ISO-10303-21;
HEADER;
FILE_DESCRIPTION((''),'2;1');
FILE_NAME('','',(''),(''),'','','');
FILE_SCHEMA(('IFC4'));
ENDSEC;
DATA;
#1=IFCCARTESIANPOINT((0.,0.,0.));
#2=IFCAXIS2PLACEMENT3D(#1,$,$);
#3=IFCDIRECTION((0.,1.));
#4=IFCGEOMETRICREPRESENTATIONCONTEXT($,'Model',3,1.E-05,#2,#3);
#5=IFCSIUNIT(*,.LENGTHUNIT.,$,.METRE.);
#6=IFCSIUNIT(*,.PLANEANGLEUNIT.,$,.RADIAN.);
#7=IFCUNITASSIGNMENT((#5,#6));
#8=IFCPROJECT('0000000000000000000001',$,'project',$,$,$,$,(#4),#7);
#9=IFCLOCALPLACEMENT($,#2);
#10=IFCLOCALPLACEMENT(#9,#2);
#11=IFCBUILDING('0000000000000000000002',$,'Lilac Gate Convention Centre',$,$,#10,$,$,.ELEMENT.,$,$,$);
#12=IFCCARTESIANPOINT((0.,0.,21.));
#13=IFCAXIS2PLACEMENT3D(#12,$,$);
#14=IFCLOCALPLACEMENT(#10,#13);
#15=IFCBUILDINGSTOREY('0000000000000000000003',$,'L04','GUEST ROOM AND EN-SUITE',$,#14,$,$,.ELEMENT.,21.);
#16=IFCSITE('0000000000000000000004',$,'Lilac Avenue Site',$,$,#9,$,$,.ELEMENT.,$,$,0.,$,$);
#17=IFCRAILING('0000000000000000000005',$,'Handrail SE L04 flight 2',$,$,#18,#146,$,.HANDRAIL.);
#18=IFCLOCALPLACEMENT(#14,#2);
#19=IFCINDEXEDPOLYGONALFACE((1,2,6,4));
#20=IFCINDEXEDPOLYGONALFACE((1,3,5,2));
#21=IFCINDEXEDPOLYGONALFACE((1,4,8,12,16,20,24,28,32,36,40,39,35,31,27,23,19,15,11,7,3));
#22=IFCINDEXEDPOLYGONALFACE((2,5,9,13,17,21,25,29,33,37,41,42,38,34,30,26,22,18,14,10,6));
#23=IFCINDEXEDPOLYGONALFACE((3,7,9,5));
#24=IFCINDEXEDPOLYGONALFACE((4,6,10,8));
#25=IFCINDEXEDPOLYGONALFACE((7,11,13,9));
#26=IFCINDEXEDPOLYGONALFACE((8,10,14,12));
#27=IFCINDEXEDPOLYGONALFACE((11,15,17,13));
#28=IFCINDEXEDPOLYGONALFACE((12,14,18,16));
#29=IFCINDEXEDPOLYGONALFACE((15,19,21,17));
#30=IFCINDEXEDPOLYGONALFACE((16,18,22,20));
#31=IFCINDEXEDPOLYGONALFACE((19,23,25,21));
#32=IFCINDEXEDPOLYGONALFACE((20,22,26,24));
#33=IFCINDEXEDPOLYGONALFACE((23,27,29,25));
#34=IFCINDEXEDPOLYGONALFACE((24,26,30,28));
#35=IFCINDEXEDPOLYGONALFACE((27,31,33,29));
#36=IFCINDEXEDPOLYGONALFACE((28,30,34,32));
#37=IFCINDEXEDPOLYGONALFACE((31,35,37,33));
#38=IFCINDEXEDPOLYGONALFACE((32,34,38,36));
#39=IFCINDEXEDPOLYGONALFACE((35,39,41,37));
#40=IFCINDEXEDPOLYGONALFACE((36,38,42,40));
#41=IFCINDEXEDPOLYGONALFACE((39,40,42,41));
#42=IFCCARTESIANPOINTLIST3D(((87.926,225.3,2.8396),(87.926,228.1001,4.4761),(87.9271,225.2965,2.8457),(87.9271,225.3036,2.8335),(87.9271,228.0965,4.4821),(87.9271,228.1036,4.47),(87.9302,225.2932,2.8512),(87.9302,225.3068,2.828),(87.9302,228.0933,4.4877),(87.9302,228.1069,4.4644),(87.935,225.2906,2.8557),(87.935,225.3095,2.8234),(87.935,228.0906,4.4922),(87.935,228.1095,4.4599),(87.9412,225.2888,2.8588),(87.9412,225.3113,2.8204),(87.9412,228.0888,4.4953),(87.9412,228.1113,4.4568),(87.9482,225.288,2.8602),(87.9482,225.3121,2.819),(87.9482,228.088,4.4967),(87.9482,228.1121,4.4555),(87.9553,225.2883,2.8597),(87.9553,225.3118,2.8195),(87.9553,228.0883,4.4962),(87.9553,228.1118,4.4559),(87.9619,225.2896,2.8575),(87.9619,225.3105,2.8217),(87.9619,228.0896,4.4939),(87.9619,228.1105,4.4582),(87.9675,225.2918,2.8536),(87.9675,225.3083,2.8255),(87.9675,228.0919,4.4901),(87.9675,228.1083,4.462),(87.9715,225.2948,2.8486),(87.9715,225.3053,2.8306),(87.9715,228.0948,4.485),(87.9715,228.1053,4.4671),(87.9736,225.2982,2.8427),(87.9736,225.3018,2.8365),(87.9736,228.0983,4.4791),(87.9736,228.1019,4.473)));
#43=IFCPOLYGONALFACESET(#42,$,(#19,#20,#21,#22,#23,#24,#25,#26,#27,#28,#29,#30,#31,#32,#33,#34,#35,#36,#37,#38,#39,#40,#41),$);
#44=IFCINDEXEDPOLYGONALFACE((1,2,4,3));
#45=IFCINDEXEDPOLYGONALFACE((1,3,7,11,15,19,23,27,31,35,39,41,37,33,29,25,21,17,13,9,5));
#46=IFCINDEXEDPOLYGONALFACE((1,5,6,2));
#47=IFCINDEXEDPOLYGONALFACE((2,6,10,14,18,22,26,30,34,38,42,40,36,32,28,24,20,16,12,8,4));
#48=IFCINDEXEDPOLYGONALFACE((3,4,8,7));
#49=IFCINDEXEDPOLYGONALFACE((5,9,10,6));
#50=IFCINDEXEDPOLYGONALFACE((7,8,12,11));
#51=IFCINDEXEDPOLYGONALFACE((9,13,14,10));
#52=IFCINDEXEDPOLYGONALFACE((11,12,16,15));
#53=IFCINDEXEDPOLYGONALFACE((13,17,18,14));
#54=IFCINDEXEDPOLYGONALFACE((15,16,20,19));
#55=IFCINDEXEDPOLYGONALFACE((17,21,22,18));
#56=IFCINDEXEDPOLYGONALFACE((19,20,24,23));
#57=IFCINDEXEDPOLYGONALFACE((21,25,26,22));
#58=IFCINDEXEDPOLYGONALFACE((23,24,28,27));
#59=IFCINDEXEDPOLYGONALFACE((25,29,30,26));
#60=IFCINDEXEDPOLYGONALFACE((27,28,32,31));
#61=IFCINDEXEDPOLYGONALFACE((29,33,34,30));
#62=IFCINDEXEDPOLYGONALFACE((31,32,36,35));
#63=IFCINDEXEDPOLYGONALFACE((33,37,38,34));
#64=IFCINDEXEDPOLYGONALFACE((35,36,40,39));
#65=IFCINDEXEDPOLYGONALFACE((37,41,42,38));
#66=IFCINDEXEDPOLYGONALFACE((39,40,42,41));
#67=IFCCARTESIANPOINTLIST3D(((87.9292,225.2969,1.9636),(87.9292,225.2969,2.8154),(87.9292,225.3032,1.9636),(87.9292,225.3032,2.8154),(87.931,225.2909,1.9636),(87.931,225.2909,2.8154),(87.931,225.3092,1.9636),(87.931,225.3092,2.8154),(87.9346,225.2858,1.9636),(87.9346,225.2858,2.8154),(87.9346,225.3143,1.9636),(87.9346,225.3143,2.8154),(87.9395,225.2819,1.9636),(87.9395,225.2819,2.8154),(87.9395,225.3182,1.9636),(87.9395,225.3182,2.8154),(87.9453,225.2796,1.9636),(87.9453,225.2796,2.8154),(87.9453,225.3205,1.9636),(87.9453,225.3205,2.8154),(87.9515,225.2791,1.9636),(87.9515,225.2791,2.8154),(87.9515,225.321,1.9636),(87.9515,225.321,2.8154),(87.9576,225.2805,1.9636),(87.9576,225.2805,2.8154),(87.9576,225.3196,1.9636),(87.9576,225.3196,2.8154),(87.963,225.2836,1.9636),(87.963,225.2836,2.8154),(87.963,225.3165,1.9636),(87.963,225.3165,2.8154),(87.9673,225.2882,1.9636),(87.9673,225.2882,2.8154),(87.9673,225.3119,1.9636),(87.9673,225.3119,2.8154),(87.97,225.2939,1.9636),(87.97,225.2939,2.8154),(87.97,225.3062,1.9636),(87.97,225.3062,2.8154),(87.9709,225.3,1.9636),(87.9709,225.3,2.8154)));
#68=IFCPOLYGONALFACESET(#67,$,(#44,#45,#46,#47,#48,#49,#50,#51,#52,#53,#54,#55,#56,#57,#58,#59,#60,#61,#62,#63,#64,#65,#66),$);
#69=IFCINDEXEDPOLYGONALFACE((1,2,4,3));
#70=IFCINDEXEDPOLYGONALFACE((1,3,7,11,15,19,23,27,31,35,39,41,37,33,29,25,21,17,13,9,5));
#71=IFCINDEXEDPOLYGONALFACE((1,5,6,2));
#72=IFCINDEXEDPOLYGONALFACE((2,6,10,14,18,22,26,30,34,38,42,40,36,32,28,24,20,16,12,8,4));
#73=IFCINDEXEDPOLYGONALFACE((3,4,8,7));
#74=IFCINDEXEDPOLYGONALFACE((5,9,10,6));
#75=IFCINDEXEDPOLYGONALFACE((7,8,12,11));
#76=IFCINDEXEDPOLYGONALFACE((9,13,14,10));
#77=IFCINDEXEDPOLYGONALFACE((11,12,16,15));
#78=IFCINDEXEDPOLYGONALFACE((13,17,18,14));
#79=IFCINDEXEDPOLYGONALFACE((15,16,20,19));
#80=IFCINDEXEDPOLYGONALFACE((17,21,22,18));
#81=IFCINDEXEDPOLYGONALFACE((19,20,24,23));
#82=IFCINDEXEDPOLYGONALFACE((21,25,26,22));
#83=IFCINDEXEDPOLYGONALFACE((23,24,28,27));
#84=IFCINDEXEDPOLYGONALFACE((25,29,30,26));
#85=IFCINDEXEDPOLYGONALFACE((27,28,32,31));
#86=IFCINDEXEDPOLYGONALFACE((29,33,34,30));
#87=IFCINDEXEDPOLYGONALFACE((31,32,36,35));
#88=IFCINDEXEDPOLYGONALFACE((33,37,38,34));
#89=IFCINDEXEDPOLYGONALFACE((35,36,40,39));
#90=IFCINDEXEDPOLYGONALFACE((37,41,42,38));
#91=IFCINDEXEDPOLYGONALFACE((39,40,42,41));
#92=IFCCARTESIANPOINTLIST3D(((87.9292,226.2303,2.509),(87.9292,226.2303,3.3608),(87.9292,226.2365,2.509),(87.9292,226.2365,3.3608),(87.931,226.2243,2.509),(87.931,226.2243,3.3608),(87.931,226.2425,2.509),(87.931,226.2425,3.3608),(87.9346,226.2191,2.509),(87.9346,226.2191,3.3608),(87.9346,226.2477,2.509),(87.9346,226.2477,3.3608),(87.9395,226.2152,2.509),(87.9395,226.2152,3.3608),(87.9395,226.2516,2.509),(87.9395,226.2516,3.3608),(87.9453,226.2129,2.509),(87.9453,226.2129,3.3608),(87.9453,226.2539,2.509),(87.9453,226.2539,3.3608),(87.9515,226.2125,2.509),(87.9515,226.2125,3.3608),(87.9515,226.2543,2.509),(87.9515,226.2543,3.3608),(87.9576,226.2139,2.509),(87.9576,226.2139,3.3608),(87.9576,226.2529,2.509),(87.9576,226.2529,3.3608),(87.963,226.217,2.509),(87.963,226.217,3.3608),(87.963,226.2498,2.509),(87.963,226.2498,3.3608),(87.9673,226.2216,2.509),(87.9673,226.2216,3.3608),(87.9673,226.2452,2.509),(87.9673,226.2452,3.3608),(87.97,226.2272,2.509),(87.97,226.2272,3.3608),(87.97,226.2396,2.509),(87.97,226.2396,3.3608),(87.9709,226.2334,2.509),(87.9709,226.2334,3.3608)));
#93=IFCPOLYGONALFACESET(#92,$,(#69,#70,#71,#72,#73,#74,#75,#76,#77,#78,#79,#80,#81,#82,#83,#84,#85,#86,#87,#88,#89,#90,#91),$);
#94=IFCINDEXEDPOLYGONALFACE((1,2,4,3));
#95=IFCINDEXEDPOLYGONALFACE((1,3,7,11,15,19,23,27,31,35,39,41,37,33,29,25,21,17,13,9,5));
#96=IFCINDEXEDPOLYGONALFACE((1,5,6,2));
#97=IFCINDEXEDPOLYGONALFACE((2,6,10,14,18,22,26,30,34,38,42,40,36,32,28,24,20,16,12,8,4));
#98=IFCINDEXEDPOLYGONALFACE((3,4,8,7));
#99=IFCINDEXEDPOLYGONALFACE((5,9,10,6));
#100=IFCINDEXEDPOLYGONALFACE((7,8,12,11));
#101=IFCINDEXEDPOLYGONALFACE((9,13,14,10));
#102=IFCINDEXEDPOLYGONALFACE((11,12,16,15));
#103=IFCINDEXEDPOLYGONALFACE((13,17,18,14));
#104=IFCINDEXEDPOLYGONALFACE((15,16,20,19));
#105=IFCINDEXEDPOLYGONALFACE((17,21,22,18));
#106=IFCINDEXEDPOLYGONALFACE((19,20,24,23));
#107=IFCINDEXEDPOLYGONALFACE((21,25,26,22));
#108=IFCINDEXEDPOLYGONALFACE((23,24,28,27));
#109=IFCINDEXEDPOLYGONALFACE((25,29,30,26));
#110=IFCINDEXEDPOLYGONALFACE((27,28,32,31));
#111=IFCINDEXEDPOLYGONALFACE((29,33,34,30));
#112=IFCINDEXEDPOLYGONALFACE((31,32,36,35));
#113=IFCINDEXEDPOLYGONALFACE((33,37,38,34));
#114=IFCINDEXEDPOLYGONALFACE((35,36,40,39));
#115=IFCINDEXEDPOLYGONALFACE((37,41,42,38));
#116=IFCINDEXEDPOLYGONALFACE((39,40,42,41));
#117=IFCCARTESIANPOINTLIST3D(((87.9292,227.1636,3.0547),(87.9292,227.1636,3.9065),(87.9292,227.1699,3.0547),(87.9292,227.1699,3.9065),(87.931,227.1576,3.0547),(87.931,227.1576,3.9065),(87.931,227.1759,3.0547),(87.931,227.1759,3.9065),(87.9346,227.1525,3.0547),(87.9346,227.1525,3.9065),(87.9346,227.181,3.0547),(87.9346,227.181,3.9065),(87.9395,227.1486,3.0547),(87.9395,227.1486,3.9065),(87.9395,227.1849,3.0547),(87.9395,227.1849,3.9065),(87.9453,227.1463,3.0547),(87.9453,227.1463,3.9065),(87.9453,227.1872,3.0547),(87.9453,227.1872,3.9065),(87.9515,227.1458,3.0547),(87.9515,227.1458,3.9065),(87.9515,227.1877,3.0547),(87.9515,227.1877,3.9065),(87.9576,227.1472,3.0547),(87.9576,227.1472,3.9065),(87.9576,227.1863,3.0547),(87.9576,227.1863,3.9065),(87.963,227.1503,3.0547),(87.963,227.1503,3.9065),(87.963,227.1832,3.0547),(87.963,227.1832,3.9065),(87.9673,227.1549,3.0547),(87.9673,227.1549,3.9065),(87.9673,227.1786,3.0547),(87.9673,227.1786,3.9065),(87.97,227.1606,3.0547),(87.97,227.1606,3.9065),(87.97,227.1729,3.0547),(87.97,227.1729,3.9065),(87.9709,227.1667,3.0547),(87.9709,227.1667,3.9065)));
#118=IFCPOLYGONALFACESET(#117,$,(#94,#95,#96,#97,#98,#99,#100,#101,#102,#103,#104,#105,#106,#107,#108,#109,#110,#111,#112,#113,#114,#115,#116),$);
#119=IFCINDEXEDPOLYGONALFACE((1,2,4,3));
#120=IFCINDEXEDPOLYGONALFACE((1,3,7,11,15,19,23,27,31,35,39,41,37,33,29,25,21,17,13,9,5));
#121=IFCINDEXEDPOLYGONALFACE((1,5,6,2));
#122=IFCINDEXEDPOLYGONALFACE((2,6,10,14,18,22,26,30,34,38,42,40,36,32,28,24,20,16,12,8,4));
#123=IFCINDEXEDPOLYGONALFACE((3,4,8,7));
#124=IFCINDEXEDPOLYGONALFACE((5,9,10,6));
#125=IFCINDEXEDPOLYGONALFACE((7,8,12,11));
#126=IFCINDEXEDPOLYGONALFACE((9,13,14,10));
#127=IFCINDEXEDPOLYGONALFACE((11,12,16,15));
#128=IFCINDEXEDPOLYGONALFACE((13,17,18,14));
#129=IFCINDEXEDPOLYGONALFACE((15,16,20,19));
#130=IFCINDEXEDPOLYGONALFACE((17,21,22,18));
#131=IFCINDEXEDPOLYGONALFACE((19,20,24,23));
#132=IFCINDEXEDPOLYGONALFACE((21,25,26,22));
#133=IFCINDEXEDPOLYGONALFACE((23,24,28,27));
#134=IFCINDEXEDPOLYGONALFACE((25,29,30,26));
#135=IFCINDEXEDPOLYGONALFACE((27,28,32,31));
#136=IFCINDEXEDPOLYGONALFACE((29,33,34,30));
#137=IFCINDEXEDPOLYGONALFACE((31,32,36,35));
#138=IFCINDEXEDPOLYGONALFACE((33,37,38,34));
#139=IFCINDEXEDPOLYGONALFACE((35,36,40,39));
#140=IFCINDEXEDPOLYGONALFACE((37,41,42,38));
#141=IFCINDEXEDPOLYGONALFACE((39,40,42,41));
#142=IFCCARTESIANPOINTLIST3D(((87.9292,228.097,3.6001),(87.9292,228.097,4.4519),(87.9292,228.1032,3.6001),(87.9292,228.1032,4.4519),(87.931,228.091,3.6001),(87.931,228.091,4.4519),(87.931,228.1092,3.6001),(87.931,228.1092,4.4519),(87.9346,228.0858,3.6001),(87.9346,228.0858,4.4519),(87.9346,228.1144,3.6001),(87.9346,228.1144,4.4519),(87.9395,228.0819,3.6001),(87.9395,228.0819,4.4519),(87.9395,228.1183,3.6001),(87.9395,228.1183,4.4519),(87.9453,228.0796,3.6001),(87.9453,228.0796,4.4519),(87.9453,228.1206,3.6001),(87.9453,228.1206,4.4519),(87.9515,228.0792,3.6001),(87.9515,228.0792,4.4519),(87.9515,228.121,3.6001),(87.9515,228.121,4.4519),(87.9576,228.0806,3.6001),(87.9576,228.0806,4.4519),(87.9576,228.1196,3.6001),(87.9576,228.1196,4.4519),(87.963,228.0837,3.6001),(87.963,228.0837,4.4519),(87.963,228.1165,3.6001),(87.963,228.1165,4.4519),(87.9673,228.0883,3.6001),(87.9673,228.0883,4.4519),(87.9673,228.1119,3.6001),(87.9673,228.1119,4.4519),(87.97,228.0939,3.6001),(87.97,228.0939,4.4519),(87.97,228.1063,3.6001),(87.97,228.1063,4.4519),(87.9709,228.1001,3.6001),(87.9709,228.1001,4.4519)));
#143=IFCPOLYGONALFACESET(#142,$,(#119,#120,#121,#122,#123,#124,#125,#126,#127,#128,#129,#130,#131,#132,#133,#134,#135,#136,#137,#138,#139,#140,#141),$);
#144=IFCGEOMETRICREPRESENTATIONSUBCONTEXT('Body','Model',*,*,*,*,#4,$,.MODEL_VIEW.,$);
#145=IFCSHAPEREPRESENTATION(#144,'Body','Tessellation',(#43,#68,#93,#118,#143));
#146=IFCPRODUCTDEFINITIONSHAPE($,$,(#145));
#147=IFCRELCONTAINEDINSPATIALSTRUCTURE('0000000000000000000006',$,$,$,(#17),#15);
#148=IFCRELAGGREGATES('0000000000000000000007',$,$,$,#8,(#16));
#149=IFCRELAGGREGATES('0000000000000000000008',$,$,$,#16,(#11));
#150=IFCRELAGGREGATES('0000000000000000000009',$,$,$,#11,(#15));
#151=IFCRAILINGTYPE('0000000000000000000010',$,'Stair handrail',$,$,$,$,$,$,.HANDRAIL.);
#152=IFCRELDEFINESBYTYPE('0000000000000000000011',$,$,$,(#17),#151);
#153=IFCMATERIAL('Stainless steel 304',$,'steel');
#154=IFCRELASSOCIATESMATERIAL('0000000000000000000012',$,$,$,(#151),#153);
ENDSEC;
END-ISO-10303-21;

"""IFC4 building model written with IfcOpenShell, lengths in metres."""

from ifc_helpers import new_model, si_unit, direction, frame, origin, origin_2d, place, context, subcontext, project, spatial, circle, extrude, material, type_object, element, save


model = new_model("IFC4")

# Units and contexts
model_context = context("Model", 3, precision=1e-05, world=origin(), true_north=direction((0.0, 1.0)))
body_context = subcontext(model_context, "Body", "Model", "MODEL_VIEW")
ifc_project = project(units=[si_unit("LENGTHUNIT", "METRE"), si_unit("PLANEANGLEUNIT", "RADIAN")], contexts=[model_context])

# Site, building, storey
site_placement = place(None, origin())
site = spatial("IfcSite", under=ifc_project, at=site_placement, Name="Lilac Avenue Site", CompositionType="ELEMENT", RefElevation=0.0)
building_placement = place(site_placement, origin())
building = spatial("IfcBuilding", under=site, at=building_placement, Name="Lilac Gate Convention Centre", CompositionType="ELEMENT")
storey_placement = place(building_placement, frame((0.0, 0.0, 21.0)))
storey = spatial("IfcBuildingStorey", under=building, at=storey_placement, Name="L04", Description="GUEST ROOM AND EN-SUITE", CompositionType="ELEMENT", Elevation=21.0)

# Railing
ifc_material_1 = material(Name="Stainless steel 304", Category="steel")
railing_type = type_object("IfcRailingType", Name="Stair handrail", PredefinedType="HANDRAIL", material=ifc_material_1)
for number, where, name in (
    (1, (87.95, 225.3, 1.9636), "Handrail SE L04 flight 2"),
):
    element("IfcRailing", number, at=place(storey_placement, frame(where)), inside=storey, type_object=railing_type, Name=name, PredefinedType="HANDRAIL", context=body_context, shape_type="SweptSolid", body=[
        extrude(circle(Radius=0.0239, at=origin_2d()), frame((0.0, 0.0, 0.876), z_axis=(0.0, 0.863361, 0.504587), x_axis=(-1.0, 0.0, 0.0)), (0.0, 0.0, 1.0), 3.2432),
        extrude(circle(Radius=0.021, at=origin_2d()), origin(), (0.0, 0.0, 1.0), 0.8518),
        extrude(circle(Radius=0.021, at=origin_2d()), frame((0.0, 0.9333, 0.5454)), (0.0, 0.0, 1.0), 0.8518),
        extrude(circle(Radius=0.021, at=origin_2d()), frame((0.0, 1.8667, 1.0911)), (0.0, 0.0, 1.0), 0.8518),
        extrude(circle(Radius=0.021, at=origin_2d()), frame((0.0, 2.8, 1.6365)), (0.0, 0.0, 1.0), 0.8518),
    ])

save(model, "model.ifc")
